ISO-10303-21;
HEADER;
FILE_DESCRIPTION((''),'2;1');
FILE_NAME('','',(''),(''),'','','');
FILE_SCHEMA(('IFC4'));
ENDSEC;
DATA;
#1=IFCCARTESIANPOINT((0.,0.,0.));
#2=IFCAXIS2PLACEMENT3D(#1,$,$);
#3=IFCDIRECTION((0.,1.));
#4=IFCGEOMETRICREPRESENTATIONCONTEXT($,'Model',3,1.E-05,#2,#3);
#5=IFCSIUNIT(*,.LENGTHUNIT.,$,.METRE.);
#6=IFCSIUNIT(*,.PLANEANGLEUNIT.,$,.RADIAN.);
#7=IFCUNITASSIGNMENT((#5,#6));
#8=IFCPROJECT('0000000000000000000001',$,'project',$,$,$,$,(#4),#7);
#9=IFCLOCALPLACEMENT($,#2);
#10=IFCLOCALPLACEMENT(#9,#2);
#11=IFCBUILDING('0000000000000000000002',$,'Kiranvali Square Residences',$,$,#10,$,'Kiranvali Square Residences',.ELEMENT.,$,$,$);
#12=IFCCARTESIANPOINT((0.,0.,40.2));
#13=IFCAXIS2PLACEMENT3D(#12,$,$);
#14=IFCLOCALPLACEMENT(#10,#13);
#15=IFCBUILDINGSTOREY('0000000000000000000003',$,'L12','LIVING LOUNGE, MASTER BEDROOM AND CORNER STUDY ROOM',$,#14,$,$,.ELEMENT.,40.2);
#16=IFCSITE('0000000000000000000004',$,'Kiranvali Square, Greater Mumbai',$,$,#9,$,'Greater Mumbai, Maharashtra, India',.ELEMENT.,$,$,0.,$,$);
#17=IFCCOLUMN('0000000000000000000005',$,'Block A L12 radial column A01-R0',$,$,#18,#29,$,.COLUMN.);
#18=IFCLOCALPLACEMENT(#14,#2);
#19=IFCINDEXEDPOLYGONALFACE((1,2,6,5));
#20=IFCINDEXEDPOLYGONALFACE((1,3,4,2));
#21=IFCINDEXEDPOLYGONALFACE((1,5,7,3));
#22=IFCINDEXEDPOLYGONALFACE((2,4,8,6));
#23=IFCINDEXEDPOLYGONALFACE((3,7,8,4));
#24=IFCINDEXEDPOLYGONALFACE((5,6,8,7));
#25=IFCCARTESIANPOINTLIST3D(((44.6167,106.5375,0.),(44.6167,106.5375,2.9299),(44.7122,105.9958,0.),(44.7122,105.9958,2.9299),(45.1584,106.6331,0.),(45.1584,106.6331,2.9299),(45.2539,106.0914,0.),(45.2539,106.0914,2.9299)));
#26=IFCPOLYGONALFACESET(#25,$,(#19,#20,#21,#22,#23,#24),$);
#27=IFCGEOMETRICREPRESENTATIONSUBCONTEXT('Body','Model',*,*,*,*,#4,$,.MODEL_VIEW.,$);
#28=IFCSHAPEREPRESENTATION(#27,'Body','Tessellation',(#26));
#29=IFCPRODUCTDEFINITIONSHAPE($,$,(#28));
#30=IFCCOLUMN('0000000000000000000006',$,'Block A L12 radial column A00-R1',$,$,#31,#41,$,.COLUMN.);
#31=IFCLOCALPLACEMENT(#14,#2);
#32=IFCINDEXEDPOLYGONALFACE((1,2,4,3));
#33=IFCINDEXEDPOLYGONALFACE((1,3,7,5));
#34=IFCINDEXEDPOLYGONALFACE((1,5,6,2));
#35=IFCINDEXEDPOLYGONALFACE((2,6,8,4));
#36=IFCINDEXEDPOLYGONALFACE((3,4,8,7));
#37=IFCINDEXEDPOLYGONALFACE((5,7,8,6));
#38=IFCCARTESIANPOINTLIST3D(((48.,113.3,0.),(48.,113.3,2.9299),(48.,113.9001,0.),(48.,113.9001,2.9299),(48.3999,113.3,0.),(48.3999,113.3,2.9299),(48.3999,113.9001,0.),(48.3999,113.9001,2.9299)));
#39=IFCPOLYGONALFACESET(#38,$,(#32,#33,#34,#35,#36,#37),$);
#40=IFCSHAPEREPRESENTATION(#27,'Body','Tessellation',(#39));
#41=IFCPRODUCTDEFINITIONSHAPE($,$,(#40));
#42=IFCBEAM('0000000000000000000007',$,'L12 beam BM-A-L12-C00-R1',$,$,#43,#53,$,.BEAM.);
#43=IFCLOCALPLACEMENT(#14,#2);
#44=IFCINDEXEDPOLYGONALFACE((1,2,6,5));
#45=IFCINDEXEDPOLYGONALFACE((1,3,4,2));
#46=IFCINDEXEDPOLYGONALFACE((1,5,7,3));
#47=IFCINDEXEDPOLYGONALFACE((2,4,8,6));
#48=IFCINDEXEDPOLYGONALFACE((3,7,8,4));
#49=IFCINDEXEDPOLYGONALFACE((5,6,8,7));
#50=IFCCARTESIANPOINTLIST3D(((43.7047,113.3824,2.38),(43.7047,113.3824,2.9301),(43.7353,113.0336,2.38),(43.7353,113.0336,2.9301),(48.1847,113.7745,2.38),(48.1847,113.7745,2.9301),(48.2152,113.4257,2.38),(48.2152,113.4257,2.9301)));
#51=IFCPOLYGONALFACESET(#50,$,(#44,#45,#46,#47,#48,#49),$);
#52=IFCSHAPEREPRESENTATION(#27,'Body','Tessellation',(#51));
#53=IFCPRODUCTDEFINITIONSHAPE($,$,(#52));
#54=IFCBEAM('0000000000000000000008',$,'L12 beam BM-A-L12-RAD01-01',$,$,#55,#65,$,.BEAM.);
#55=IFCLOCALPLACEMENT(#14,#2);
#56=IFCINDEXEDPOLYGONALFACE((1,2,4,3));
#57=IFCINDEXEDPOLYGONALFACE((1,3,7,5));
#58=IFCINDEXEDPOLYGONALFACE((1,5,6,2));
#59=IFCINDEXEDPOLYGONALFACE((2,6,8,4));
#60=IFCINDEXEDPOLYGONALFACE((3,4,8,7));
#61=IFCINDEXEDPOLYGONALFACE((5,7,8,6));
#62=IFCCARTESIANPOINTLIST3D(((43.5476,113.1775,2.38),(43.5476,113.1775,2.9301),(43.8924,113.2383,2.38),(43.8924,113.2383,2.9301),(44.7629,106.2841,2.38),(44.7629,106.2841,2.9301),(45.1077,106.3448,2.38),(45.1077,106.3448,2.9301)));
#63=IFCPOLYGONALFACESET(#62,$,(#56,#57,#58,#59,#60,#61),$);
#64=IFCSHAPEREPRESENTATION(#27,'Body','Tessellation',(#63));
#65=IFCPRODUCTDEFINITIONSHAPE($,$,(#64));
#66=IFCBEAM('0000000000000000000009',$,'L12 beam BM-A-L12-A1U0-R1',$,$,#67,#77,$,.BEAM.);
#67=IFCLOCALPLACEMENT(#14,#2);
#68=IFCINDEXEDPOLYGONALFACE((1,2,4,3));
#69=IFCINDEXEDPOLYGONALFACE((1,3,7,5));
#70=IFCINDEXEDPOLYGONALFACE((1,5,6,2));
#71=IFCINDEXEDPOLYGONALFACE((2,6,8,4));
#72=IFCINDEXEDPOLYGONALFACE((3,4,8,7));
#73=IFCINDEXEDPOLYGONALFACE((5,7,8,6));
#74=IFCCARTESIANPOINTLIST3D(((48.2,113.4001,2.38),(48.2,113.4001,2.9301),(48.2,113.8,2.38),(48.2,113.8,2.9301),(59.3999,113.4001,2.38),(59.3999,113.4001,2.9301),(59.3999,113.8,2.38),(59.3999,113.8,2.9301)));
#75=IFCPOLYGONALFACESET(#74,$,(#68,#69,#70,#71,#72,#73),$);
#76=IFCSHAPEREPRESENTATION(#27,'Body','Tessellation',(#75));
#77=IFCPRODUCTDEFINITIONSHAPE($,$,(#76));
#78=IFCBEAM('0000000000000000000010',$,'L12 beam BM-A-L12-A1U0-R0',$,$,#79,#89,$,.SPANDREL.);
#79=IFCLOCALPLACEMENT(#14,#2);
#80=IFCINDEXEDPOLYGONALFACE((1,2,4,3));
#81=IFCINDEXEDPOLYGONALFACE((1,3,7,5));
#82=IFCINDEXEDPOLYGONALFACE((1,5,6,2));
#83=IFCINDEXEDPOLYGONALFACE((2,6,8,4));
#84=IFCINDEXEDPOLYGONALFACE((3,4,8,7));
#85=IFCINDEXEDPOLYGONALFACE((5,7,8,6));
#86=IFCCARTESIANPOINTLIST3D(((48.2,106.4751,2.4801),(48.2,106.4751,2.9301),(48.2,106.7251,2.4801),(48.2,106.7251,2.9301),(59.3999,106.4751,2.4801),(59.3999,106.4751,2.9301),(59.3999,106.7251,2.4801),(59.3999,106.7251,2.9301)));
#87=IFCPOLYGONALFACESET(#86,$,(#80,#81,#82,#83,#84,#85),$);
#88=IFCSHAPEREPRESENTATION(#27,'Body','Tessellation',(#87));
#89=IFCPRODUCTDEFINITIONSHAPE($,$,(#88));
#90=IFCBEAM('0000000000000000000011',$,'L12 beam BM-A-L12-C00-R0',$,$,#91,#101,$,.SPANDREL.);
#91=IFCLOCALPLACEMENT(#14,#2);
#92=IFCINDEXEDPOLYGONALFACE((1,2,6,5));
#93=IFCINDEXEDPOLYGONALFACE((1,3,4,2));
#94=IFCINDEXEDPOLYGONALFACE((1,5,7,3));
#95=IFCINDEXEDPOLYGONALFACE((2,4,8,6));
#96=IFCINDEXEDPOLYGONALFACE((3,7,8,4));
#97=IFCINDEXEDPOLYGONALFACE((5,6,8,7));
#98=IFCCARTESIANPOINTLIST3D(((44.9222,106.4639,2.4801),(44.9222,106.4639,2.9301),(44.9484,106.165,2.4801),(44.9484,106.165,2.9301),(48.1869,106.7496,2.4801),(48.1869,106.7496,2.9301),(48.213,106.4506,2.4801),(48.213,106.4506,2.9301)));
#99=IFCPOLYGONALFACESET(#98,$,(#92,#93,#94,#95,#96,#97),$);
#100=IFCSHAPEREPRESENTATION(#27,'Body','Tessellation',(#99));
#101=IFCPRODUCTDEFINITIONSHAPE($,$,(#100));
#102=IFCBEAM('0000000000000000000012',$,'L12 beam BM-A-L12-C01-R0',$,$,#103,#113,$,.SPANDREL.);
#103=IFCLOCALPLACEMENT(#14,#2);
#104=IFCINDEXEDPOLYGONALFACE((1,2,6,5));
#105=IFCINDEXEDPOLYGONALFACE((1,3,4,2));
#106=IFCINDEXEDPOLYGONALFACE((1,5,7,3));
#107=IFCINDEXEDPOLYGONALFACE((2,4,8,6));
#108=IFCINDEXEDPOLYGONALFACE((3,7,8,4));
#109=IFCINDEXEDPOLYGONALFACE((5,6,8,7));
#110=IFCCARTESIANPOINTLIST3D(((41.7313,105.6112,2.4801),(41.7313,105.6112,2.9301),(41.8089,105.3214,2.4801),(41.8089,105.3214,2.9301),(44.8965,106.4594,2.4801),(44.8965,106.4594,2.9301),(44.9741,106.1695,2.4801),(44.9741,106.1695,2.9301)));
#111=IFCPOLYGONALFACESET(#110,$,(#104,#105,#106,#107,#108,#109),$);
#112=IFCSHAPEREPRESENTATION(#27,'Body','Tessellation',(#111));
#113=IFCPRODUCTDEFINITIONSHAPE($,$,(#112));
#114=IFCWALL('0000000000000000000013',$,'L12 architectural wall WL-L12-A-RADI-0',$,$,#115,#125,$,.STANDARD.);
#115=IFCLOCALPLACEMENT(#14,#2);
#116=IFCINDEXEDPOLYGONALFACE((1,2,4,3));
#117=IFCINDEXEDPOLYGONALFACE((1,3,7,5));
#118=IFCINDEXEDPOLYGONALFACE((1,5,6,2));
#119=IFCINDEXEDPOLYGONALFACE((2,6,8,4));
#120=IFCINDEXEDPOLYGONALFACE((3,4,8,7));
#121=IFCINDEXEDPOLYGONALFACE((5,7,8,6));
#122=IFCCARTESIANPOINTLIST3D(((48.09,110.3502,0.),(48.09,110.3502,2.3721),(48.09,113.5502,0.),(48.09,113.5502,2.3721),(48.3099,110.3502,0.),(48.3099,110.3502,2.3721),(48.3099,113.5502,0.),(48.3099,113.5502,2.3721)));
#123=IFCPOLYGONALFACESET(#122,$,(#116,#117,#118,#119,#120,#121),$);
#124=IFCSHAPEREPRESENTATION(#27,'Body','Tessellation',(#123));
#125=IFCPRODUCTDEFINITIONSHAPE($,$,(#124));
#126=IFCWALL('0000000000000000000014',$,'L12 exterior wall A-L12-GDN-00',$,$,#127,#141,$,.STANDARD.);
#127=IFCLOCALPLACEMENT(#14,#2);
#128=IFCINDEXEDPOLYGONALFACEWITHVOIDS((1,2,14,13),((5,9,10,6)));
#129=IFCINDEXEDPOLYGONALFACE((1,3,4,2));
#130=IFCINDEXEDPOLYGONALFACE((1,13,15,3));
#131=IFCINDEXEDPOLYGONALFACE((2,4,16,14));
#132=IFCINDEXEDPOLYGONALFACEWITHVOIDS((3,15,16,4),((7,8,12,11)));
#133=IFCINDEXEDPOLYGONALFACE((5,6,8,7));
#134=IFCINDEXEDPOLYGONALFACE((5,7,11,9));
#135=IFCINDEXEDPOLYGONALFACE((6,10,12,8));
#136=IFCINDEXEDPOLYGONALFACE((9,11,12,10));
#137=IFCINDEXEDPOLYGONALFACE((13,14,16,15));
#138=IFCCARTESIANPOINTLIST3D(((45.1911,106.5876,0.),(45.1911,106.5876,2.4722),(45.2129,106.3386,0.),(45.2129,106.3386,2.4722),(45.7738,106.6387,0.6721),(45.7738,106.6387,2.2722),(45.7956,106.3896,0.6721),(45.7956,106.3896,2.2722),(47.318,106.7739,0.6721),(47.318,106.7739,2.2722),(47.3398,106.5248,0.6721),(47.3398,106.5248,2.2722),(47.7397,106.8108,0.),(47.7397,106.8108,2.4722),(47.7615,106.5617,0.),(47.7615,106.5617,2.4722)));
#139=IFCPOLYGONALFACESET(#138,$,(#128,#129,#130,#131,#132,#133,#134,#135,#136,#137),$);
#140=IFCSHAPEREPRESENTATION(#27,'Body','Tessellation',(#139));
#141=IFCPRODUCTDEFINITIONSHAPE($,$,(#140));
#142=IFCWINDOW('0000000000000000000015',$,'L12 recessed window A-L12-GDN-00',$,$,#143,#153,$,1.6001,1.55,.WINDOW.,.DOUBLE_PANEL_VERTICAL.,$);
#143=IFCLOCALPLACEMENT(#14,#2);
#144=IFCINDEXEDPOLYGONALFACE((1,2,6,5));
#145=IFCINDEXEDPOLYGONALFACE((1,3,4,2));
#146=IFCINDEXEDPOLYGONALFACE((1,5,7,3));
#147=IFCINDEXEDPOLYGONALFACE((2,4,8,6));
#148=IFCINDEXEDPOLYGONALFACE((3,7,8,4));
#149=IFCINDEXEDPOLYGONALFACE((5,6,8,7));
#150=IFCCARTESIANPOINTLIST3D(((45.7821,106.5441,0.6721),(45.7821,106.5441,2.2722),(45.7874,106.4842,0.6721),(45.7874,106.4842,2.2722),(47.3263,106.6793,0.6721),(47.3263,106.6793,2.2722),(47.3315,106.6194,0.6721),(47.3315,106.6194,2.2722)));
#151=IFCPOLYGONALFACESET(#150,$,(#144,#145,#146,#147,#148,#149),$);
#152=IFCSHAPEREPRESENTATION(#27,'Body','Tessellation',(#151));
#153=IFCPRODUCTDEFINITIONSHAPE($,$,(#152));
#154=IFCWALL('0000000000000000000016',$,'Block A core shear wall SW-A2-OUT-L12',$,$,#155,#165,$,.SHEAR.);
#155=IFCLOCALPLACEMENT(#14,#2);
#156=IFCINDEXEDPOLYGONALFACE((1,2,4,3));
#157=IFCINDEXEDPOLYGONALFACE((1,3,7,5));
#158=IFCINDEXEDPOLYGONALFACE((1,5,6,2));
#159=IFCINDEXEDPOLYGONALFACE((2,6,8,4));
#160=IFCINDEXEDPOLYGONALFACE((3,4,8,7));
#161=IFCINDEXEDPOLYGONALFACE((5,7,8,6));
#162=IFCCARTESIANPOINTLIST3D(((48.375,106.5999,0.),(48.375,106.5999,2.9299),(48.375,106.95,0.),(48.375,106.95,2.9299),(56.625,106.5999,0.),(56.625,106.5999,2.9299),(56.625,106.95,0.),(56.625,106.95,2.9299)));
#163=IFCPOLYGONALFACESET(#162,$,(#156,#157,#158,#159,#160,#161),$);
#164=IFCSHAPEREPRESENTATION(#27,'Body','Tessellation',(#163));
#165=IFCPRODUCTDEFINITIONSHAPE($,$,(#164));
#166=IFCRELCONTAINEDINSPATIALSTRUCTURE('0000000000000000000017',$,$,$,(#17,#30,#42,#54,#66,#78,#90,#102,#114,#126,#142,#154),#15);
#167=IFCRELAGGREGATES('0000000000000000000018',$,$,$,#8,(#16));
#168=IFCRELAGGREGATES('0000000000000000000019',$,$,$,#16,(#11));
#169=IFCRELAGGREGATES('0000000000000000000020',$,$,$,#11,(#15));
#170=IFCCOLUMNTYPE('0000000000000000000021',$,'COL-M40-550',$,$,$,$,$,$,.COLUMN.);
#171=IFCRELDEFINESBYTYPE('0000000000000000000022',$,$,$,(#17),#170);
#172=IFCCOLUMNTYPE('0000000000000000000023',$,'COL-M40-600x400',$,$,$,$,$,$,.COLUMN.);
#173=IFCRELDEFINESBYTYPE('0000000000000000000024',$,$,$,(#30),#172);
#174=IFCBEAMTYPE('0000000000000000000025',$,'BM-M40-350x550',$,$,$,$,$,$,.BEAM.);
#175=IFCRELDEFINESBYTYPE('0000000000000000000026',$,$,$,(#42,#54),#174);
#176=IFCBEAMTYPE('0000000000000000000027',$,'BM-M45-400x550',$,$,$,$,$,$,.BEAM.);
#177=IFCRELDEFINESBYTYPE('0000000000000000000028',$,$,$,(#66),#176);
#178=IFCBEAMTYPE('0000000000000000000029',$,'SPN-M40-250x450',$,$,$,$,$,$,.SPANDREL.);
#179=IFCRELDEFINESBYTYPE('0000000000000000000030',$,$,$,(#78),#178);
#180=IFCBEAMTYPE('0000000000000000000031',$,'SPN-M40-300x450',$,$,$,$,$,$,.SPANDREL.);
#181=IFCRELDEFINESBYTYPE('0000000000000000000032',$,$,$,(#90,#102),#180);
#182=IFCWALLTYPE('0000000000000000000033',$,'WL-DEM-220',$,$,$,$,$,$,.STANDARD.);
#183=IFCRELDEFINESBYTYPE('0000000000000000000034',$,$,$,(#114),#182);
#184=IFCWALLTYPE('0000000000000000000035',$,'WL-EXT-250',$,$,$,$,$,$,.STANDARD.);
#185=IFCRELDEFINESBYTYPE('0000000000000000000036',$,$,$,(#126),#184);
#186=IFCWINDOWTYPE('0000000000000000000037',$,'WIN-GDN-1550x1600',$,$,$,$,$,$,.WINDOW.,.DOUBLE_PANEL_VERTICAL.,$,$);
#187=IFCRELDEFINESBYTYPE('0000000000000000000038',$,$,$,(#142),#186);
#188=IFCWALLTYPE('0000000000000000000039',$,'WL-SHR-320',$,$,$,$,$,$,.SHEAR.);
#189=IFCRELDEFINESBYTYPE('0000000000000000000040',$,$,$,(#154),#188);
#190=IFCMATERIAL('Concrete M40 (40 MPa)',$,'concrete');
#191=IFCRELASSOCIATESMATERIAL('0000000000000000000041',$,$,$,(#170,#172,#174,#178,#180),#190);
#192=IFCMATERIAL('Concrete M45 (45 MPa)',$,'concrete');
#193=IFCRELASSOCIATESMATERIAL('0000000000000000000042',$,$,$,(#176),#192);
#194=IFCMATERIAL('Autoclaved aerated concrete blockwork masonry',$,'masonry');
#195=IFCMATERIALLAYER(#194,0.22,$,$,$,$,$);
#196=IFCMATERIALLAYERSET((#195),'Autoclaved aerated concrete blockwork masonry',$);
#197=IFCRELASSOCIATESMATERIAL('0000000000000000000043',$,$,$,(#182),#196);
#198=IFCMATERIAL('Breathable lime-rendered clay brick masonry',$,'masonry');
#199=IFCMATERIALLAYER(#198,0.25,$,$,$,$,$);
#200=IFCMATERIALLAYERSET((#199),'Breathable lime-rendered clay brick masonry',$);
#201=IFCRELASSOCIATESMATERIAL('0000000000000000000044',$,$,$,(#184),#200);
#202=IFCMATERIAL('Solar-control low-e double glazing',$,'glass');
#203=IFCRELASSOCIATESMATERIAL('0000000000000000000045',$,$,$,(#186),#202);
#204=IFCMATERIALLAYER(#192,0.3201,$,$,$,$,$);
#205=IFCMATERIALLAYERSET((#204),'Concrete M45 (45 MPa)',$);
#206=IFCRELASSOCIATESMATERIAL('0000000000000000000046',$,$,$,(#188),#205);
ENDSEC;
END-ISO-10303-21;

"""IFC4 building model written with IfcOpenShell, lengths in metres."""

from ifc_helpers import new_model, si_unit, direction, frame, frame_2d, origin, origin_2d, place, context, subcontext, project, spatial, rectangle, extrude, material, layer, layer_set, material_profile, profile_set, type_object, element, fill, save


model = new_model("IFC4")

# Units and contexts
model_context = context("Model", 3, precision=1e-05, world=origin(), true_north=direction((0.0, 1.0)))
body_context = subcontext(model_context, "Body", "Model", "MODEL_VIEW")
ifc_project = project(units=[si_unit("LENGTHUNIT", "METRE"), si_unit("PLANEANGLEUNIT", "RADIAN")], contexts=[model_context])

# Site, building, storey
site_placement = place(None, origin())
site = spatial("IfcSite", under=ifc_project, at=site_placement, Name="Kiranvali Square, Greater Mumbai", LongName="Greater Mumbai, Maharashtra, India", CompositionType="ELEMENT", RefElevation=0.0)
building_placement = place(site_placement, origin())
building = spatial("IfcBuilding", under=site, at=building_placement, Name="Kiranvali Square Residences", LongName="Kiranvali Square Residences", CompositionType="ELEMENT")
storey_placement = place(building_placement, frame((0.0, 0.0, 40.2)))
storey = spatial("IfcBuildingStorey", under=building, at=storey_placement, Name="L12", Description="LIVING LOUNGE, MASTER BEDROOM AND CORNER STUDY ROOM", CompositionType="ELEMENT", Elevation=40.2)

# Columns
ifc_material_1 = material(Name="Concrete M40 (40 MPa)", Category="concrete")
ifc_material_profile_1 = material_profile(ifc_material_1, rectangle(XDim=0.55, YDim=0.55, at=origin_2d()), Name="RC 550x550")
ifc_profile_set_1 = profile_set([ifc_material_profile_1], Name="Concrete M40 (40 MPa)")
column_type_1 = type_object("IfcColumnType", Name="COL-M40-550", PredefinedType="COLUMN", material=ifc_profile_set_1)
column_1_placement = place(storey_placement, frame((44.9353, 106.3145, 0.0), z_axis=(0.0, 0.0, 1.0), x_axis=(0.984808, 0.173648, 0.0)))
element("IfcColumn", 1, at=column_1_placement, inside=storey, type_object=column_type_1, Name="Block A L12 radial column A01-R0", PredefinedType="COLUMN", context=body_context, shape_type="SweptSolid", body=[
    extrude(rectangle(XDim=0.55, YDim=0.55, at=origin_2d()), origin(), (0.0, 0.0, 1.0), 2.9299),
])
ifc_material_profile_2 = material_profile(ifc_material_1, rectangle(XDim=0.3999, YDim=0.6001, at=origin_2d()), Name="RC 600x400")
ifc_profile_set_2 = profile_set([ifc_material_profile_2], Name="Concrete M40 (40 MPa)")
column_type_2 = type_object("IfcColumnType", Name="COL-M40-600x400", PredefinedType="COLUMN", material=ifc_profile_set_2)
column_2_placement = place(storey_placement, frame((48.2, 113.6001, 0.0), z_axis=(0.0, 0.0, 1.0), x_axis=(1.0, 0.0, 0.0)))
element("IfcColumn", 2, at=column_2_placement, inside=storey, type_object=column_type_2, Name="Block A L12 radial column A00-R1", PredefinedType="COLUMN", context=body_context, shape_type="SweptSolid", body=[
    extrude(rectangle(XDim=0.3999, YDim=0.6001, at=origin_2d()), origin(), (0.0, 0.0, 1.0), 2.9299),
])

# Beams
ifc_material_profile_3 = material_profile(ifc_material_1, rectangle(XDim=0.3501, YDim=0.55, at=origin_2d()), Name="RC 350x550")
ifc_profile_set_3 = profile_set([ifc_material_profile_3], Name="Concrete M40 (40 MPa)")
beam_type_1 = type_object("IfcBeamType", Name="BM-M40-350x550", PredefinedType="BEAM", material=ifc_profile_set_3)
beam_1_placement = place(storey_placement, frame((48.2, 113.6001, 2.655), z_axis=(-0.996192, -0.087187, 0.0), x_axis=(0.087187, -0.996192, 0.0)))
element("IfcBeam", 3, at=beam_1_placement, inside=storey, type_object=beam_type_1, Name="L12 beam BM-A-L12-C00-R1", PredefinedType="BEAM", context=body_context, shape_type="SweptSolid", body=[
    extrude(rectangle(XDim=0.3501, YDim=0.55, at=origin_2d()), origin(), (0.0, 0.0, 1.0), 4.4971),
])
beam_2_placement = place(storey_placement, frame((44.9353, 106.3145, 2.655), z_axis=(-0.173622, 0.984812, 0.0), x_axis=(-0.984812, -0.173622, 0.0)))
element("IfcBeam", 4, at=beam_2_placement, inside=storey, type_object=beam_type_1, Name="L12 beam BM-A-L12-RAD01-01", PredefinedType="BEAM", context=body_context, shape_type="SweptSolid", body=[
    extrude(rectangle(XDim=0.3501, YDim=0.55, at=origin_2d()), origin(), (0.0, 0.0, 1.0), 6.9998),
])
ifc_material_2 = material(Name="Concrete M45 (45 MPa)", Category="concrete")
ifc_material_profile_4 = material_profile(ifc_material_2, rectangle(XDim=0.3999, YDim=0.55, at=origin_2d()), Name="RC 400x550")
ifc_profile_set_4 = profile_set([ifc_material_profile_4], Name="Concrete M45 (45 MPa)")
beam_type_2 = type_object("IfcBeamType", Name="BM-M45-400x550", PredefinedType="BEAM", material=ifc_profile_set_4)
beam_3_placement = place(storey_placement, frame((48.2, 113.6001, 2.655), z_axis=(1.0, 0.0, 0.0), x_axis=(0.0, 1.0, 0.0)))
element("IfcBeam", 5, at=beam_3_placement, inside=storey, type_object=beam_type_2, Name="L12 beam BM-A-L12-A1U0-R1", PredefinedType="BEAM", context=body_context, shape_type="SweptSolid", body=[
    extrude(rectangle(XDim=0.3999, YDim=0.55, at=origin_2d()), origin(), (0.0, 0.0, 1.0), 11.2),
])
ifc_material_profile_5 = material_profile(ifc_material_1, rectangle(XDim=0.25, YDim=0.45, at=origin_2d()), Name="RC 250x450")
ifc_profile_set_5 = profile_set([ifc_material_profile_5], Name="Concrete M40 (40 MPa)")
beam_type_3 = type_object("IfcBeamType", Name="SPN-M40-250x450", PredefinedType="SPANDREL", material=ifc_profile_set_5)
beam_4_placement = place(storey_placement, frame((48.2, 106.6001, 2.7051), z_axis=(1.0, 0.0, 0.0), x_axis=(0.0, 1.0, 0.0)))
element("IfcBeam", 6, at=beam_4_placement, inside=storey, type_object=beam_type_3, Name="L12 beam BM-A-L12-A1U0-R0", PredefinedType="SPANDREL", context=body_context, shape_type="SweptSolid", body=[
    extrude(rectangle(XDim=0.25, YDim=0.45, at=origin_2d()), origin(), (0.0, 0.0, 1.0), 11.2),
])
ifc_material_profile_6 = material_profile(ifc_material_1, rectangle(XDim=0.3, YDim=0.45, at=origin_2d()), Name="RC 300x450")
ifc_profile_set_6 = profile_set([ifc_material_profile_6], Name="Concrete M40 (40 MPa)")
beam_type_4 = type_object("IfcBeamType", Name="SPN-M40-300x450", PredefinedType="SPANDREL", material=ifc_profile_set_6)
beam_5_placement = place(storey_placement, frame((48.2, 106.6001, 2.7051), z_axis=(-0.996194, -0.087163, 0.0), x_axis=(0.087163, -0.996194, 0.0)))
element("IfcBeam", 7, at=beam_5_placement, inside=storey, type_object=beam_type_4, Name="L12 beam BM-A-L12-C00-R0", PredefinedType="SPANDREL", context=body_context, shape_type="SweptSolid", body=[
    extrude(rectangle(XDim=0.3, YDim=0.45, at=origin_2d()), origin(), (0.0, 0.0, 1.0), 3.2771),
])
beam_6_placement = place(storey_placement, frame((44.9353, 106.3145, 2.7051), z_axis=(-0.965925, -0.258822, 0.0), x_axis=(0.258822, -0.965925, 0.0)))
element("IfcBeam", 8, at=beam_6_placement, inside=storey, type_object=beam_type_4, Name="L12 beam BM-A-L12-C01-R0", PredefinedType="SPANDREL", context=body_context, shape_type="SweptSolid", body=[
    extrude(rectangle(XDim=0.3, YDim=0.45, at=origin_2d()), origin(), (0.0, 0.0, 1.0), 3.2769),
])

# Shared definitions
ifc_material_3 = material(Name="Autoclaved aerated concrete blockwork masonry", Category="masonry")

# Wall
ifc_layer_1 = layer(ifc_material_3, 0.22)
ifc_layer_set_1 = layer_set([ifc_layer_1], Name="Autoclaved aerated concrete blockwork masonry")
wall_type_1 = type_object("IfcWallType", Name="WL-DEM-220", PredefinedType="STANDARD", material=ifc_layer_set_1)
wall_1_placement = place(storey_placement, frame((48.2, 110.3501, 0.0), z_axis=(0.0, 0.0, 1.0), x_axis=(0.0, 1.0, 0.0)))
element("IfcWall", 9, at=wall_1_placement, inside=storey, type_object=wall_type_1, Name="L12 architectural wall WL-L12-A-RADI-0", PredefinedType="STANDARD", context=body_context, shape_type="SweptSolid", body=[
    extrude(rectangle(XDim=3.2, YDim=0.22, at=frame_2d((1.6001, 0.0))), origin(), (0.0, 0.0, 1.0), 2.3721),
])

# Wall, opening, window
ifc_material_4 = material(Name="Breathable lime-rendered clay brick masonry", Category="masonry")
ifc_layer_2 = layer(ifc_material_4, 0.25)
ifc_layer_set_2 = layer_set([ifc_layer_2], Name="Breathable lime-rendered clay brick masonry")
wall_type_2 = type_object("IfcWallType", Name="WL-EXT-250", PredefinedType="STANDARD", material=ifc_layer_set_2)
wall_2_placement = place(storey_placement, frame((47.7507, 106.6863, 0.0), z_axis=(0.0, 0.0, 1.0), x_axis=(-0.996189, -0.087223, 0.0)))
wall_2 = element("IfcWall", 10, at=wall_2_placement, inside=storey, type_object=wall_type_2, Name="L12 exterior wall A-L12-GDN-00", PredefinedType="STANDARD", context=body_context, shape_type="SweptSolid", body=[
    extrude(rectangle(XDim=2.5583, YDim=0.25, at=frame_2d((1.2793, 0.0))), origin(), (0.0, 0.0, 1.0), 2.4722),
])
opening_1_placement = place(wall_2_placement, frame((0.4236, 0.0, 0.6721)))
opening_1 = element("IfcOpeningElement", 11, at=opening_1_placement, cuts=wall_2, PredefinedType="OPENING", context=body_context, shape_type="SweptSolid", body=[
    extrude(rectangle(XDim=1.55, YDim=1.6001, at=frame_2d((0.7749, 0.8))), frame((0.0, 0.135, 0.0), z_axis=(0.0, -1.0, 0.0), x_axis=(1.0, 0.0, 0.0)), (0.0, 0.0, 1.0), 0.27),
])
ifc_material_5 = material(Name="Solar-control low-e double glazing", Category="glass")
window_type = type_object("IfcWindowType", Name="WIN-GDN-1550x1600", PartitioningType="DOUBLE_PANEL_VERTICAL", PredefinedType="WINDOW", material=ifc_material_5)
window_placement = place(opening_1_placement, origin())
window = element("IfcWindow", 12, at=window_placement, inside=storey, type_object=window_type, Name="L12 recessed window A-L12-GDN-00", OverallHeight=1.6001, OverallWidth=1.55, PartitioningType="DOUBLE_PANEL_VERTICAL", PredefinedType="WINDOW", context=body_context, shape_type="SweptSolid", body=[
    extrude(rectangle(XDim=1.55, YDim=1.6001, at=frame_2d((0.7749, 0.8))), frame((0.0, 0.03, 0.0), z_axis=(0.0, -1.0, 0.0), x_axis=(1.0, 0.0, 0.0)), (0.0, 0.0, 1.0), 0.0601),
])
fill(opening_1, window)

# Wall
ifc_layer_3 = layer(ifc_material_2, 0.3201)
ifc_layer_set_3 = layer_set([ifc_layer_3], Name="Concrete M45 (45 MPa)")
wall_type_3 = type_object("IfcWallType", Name="WL-SHR-320", PredefinedType="SHEAR", material=ifc_layer_set_3)
wall_3_placement = place(storey_placement, frame((48.375, 106.7749, 0.0), z_axis=(0.0, 0.0, 1.0), x_axis=(1.0, 0.0, 0.0)))
element("IfcWall", 13, at=wall_3_placement, inside=storey, type_object=wall_type_3, Name="Block A core shear wall SW-A2-OUT-L12", PredefinedType="SHEAR", context=body_context, shape_type="SweptSolid", body=[
    extrude(rectangle(XDim=8.25, YDim=0.3501, at=frame_2d((4.125, 0.0))), origin(), (0.0, 0.0, 1.0), 2.9299),
])

save(model, "model.ifc")
